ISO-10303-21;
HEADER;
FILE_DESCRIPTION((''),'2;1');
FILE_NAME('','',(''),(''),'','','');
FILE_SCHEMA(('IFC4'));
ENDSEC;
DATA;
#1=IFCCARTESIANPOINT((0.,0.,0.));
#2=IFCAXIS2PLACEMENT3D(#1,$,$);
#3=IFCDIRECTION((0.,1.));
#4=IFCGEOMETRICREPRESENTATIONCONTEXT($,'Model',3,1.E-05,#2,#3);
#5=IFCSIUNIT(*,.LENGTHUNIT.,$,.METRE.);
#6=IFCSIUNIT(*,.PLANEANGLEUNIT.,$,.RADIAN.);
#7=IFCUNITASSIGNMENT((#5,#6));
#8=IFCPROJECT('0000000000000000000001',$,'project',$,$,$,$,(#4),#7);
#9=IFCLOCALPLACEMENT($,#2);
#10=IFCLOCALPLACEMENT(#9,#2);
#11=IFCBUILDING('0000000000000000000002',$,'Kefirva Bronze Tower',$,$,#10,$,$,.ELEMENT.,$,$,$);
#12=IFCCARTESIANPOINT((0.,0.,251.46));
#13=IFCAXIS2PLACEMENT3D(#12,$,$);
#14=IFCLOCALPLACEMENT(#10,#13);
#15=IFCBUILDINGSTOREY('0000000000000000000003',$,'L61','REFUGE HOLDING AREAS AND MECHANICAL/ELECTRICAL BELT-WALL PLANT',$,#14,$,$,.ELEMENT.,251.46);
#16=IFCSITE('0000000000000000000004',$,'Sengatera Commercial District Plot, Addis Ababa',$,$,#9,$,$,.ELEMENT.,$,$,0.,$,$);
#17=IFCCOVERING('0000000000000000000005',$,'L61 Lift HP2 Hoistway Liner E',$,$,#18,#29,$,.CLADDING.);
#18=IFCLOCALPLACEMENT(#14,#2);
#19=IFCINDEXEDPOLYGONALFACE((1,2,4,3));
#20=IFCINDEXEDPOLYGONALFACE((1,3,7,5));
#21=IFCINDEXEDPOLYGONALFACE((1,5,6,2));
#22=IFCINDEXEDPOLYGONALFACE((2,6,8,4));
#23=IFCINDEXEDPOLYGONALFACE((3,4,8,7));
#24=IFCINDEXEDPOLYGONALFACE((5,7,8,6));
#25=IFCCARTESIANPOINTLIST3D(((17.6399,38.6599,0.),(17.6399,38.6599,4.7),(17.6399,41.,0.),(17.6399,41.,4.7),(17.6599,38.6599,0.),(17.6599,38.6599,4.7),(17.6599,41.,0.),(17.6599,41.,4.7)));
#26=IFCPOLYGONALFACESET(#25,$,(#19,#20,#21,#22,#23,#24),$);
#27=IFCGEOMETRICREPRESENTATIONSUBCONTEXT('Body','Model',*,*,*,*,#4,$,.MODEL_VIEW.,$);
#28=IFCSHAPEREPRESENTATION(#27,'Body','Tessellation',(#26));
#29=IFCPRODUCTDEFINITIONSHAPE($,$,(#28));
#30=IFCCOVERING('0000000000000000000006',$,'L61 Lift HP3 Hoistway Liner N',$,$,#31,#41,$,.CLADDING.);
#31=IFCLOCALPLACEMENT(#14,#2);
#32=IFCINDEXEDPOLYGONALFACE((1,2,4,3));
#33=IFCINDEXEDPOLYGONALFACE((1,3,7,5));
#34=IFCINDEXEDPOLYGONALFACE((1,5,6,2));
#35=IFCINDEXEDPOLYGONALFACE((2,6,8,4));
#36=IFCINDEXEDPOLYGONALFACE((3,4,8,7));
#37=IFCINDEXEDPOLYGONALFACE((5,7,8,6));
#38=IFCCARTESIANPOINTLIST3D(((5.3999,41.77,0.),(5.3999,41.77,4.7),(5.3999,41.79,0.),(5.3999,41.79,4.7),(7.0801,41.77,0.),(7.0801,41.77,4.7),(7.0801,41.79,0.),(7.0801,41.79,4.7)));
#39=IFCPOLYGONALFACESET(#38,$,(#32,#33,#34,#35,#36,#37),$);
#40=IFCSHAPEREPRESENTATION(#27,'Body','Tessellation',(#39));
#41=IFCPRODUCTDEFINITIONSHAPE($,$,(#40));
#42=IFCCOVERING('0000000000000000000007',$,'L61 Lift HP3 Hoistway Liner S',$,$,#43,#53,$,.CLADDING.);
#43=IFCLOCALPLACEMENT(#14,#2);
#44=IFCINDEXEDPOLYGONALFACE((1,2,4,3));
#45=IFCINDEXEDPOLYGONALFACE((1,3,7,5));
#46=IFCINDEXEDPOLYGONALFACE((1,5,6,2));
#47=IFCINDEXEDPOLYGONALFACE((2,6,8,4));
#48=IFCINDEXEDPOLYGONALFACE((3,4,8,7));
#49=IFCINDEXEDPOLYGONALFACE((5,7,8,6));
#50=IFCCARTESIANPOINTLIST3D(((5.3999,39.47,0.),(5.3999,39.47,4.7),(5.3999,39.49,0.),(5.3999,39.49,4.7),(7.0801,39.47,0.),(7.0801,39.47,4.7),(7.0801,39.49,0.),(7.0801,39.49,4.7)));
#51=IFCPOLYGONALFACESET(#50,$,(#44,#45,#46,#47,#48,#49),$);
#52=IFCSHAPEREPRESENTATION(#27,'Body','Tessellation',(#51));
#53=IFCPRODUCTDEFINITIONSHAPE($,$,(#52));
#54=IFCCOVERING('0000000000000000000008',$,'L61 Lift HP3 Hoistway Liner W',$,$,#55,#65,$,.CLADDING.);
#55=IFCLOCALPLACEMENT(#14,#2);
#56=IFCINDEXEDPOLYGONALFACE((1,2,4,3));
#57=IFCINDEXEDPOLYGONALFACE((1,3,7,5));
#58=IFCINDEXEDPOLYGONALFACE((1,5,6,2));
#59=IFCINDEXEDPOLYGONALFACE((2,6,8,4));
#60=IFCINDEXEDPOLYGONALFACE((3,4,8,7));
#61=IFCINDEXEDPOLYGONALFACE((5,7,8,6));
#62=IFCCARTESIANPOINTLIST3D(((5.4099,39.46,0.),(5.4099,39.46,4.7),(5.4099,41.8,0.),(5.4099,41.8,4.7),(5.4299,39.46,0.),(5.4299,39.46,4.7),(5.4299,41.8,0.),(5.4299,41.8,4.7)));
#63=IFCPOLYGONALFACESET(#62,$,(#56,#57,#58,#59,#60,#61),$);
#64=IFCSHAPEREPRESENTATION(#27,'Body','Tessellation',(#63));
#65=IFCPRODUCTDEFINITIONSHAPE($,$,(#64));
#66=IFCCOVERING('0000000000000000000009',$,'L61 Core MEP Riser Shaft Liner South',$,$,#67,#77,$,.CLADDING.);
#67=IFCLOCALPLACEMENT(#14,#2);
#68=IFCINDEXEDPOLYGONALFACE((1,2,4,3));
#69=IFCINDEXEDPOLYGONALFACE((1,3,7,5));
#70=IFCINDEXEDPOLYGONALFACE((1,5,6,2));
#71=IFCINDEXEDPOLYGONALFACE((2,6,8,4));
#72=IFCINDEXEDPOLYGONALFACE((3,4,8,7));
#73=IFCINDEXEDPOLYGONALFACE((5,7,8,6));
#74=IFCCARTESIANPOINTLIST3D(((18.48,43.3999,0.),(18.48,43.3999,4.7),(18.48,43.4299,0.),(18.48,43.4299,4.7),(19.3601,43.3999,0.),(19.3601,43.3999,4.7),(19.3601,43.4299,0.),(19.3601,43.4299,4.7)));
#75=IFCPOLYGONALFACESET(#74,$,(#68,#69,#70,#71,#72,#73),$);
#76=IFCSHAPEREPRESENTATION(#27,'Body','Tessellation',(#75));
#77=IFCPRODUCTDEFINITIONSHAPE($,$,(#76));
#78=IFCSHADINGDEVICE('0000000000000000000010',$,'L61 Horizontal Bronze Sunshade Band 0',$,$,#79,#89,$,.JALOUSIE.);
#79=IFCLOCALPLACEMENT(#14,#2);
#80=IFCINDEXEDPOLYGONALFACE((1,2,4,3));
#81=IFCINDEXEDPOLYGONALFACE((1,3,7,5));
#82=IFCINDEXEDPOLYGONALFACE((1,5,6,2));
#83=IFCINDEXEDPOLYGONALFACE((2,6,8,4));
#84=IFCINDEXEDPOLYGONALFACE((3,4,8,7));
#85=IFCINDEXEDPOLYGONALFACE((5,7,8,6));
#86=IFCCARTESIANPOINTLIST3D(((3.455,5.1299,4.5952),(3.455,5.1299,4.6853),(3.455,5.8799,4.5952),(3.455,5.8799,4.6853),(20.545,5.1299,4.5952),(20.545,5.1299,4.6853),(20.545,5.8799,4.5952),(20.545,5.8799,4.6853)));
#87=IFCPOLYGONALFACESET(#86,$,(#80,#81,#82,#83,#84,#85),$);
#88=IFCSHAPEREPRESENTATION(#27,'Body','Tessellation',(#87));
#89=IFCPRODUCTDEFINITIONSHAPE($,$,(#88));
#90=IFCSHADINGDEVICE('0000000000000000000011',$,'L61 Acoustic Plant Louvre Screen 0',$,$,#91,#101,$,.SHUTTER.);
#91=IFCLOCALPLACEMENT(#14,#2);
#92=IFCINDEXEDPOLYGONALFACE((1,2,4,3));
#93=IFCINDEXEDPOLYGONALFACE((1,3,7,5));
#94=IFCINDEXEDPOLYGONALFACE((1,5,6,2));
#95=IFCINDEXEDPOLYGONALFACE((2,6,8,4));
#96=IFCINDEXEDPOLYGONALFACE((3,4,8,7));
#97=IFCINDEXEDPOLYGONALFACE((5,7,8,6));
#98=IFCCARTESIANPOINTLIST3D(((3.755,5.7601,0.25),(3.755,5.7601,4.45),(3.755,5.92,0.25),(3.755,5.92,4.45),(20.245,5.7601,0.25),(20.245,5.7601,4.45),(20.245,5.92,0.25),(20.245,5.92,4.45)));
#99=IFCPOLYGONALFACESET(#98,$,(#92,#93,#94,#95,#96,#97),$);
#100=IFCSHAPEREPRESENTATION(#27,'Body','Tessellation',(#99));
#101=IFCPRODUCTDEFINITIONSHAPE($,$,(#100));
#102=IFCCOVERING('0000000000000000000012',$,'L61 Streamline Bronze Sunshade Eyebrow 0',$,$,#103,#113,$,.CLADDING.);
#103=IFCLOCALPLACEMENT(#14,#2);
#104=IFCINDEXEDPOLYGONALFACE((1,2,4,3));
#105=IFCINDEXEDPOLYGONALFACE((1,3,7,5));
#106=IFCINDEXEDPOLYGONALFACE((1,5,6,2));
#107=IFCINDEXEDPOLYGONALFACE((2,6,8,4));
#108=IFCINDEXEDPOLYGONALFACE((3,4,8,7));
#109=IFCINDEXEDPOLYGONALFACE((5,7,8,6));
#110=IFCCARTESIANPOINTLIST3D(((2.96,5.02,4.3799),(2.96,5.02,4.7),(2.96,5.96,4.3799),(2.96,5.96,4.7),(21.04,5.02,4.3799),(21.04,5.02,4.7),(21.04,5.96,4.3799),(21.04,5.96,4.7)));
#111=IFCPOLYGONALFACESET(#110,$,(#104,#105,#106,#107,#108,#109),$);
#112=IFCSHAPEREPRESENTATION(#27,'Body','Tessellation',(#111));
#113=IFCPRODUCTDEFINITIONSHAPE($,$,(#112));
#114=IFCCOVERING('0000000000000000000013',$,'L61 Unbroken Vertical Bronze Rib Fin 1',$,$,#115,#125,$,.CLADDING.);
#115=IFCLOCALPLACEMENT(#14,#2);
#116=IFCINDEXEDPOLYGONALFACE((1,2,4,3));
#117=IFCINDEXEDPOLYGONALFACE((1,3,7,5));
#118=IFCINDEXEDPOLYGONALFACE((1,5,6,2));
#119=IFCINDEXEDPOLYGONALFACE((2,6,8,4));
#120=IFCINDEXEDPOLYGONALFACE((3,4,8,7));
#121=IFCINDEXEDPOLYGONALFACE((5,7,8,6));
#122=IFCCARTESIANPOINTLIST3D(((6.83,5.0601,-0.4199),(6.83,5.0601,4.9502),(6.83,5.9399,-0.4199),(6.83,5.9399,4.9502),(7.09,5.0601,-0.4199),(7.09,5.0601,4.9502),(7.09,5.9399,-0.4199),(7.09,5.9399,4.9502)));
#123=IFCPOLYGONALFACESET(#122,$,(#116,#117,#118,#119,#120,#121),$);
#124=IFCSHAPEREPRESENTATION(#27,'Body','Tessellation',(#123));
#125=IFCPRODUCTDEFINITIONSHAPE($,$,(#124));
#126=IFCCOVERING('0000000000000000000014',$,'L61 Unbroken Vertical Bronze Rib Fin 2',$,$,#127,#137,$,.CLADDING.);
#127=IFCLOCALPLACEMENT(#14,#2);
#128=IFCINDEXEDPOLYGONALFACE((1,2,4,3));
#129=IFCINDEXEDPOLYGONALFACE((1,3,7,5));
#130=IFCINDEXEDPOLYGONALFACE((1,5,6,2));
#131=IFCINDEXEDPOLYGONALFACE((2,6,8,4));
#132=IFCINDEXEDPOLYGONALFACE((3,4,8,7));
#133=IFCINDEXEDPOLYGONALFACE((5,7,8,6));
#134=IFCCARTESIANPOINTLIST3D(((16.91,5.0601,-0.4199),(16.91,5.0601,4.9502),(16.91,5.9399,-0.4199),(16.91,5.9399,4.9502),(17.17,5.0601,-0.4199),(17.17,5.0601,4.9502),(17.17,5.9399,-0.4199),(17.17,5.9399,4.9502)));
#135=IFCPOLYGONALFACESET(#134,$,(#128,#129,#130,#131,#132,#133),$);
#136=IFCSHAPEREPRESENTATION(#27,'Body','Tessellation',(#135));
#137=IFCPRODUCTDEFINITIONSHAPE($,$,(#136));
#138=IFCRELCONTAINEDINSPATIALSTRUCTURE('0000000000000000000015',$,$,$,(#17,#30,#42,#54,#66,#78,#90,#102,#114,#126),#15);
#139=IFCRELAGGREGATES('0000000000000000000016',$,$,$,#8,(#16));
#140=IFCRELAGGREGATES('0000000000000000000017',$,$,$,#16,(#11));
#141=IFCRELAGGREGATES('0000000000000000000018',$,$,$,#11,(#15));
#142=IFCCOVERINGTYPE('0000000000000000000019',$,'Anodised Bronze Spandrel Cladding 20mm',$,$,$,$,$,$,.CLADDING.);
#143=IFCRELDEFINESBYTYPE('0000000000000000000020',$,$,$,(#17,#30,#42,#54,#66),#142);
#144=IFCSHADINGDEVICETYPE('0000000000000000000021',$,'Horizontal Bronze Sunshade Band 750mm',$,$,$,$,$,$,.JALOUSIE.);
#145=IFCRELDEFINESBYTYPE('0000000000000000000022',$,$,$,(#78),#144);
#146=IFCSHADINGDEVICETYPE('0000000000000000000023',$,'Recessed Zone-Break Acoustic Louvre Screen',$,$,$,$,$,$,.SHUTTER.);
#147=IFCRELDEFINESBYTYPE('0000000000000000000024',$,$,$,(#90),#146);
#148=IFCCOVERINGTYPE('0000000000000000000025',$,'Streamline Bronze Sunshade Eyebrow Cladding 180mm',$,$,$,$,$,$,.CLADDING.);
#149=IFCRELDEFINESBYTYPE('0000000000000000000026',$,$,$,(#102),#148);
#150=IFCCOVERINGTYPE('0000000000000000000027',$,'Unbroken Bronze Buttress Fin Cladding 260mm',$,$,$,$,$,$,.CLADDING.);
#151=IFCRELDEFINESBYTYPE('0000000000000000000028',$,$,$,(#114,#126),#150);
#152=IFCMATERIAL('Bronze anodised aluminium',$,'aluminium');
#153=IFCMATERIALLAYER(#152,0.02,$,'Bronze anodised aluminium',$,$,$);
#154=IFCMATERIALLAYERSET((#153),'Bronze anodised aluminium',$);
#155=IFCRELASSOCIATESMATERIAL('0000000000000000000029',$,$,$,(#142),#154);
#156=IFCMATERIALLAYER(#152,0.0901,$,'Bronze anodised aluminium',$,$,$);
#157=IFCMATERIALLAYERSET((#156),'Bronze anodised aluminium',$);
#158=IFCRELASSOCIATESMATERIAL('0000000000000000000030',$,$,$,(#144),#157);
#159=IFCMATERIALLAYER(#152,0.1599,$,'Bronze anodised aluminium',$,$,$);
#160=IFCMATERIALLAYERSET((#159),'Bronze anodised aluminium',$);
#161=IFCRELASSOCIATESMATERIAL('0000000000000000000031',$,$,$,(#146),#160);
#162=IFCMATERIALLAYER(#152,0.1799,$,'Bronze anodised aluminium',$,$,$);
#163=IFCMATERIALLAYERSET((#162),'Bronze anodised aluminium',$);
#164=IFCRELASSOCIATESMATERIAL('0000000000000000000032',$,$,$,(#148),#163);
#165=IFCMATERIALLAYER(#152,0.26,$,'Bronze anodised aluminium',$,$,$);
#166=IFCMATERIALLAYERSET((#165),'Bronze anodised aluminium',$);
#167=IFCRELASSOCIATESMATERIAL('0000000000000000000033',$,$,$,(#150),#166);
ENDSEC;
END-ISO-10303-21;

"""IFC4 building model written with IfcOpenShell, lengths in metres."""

from ifc_helpers import new_model, si_unit, direction, frame, origin, origin_2d, place, context, subcontext, project, spatial, polyline, rectangle, outline, extrude, material, layer, layer_set, type_object, element, save


model = new_model("IFC4")

# Units and contexts
model_context = context("Model", 3, precision=1e-05, world=origin(), true_north=direction((0.0, 1.0)))
body_context = subcontext(model_context, "Body", "Model", "MODEL_VIEW")
ifc_project = project(units=[si_unit("LENGTHUNIT", "METRE"), si_unit("PLANEANGLEUNIT", "RADIAN")], contexts=[model_context])

# Site, building, storey
site_placement = place(None, origin())
site = spatial("IfcSite", under=ifc_project, at=site_placement, Name="Sengatera Commercial District Plot, Addis Ababa", CompositionType="ELEMENT", RefElevation=0.0)
building_placement = place(site_placement, origin())
building = spatial("IfcBuilding", under=site, at=building_placement, Name="Kefirva Bronze Tower", CompositionType="ELEMENT")
storey_placement = place(building_placement, frame((0.0, 0.0, 251.46)))
storey = spatial("IfcBuildingStorey", under=building, at=storey_placement, Name="L61", Description="REFUGE HOLDING AREAS AND MECHANICAL/ELECTRICAL BELT-WALL PLANT", CompositionType="ELEMENT", Elevation=251.46)

# Shared definitions
ifc_material = material(Name="Bronze anodised aluminium", Category="aluminium")

# Coverings
ifc_layer_1 = layer(ifc_material, 0.02, Name="Bronze anodised aluminium")
ifc_layer_set_1 = layer_set([ifc_layer_1], Name="Bronze anodised aluminium")
covering_type_1 = type_object("IfcCoveringType", Name="Anodised Bronze Spandrel Cladding 20mm", PredefinedType="CLADDING", material=ifc_layer_set_1)
covering_1_placement = place(storey_placement, origin())
element("IfcCovering", 1, at=covering_1_placement, inside=storey, type_object=covering_type_1, Name="L61 Lift HP2 Hoistway Liner E", PredefinedType="CLADDING", context=body_context, shape_type="SweptSolid", body=[
    extrude(outline(polyline([(17.6399, 38.6599), (17.6599, 38.6599), (17.6599, 41.0), (17.6399, 41.0), (17.6399, 38.6599)])), origin(), (0.0, 0.0, 1.0), 4.7),
])
covering_2_placement = place(storey_placement, origin())
element("IfcCovering", 2, at=covering_2_placement, inside=storey, type_object=covering_type_1, Name="L61 Lift HP3 Hoistway Liner N", PredefinedType="CLADDING", context=body_context, shape_type="SweptSolid", body=[
    extrude(outline(polyline([(5.3999, 41.77), (7.0801, 41.77), (7.0801, 41.79), (5.3999, 41.79), (5.3999, 41.77)])), origin(), (0.0, 0.0, 1.0), 4.7),
])
covering_3_placement = place(storey_placement, origin())
element("IfcCovering", 3, at=covering_3_placement, inside=storey, type_object=covering_type_1, Name="L61 Lift HP3 Hoistway Liner S", PredefinedType="CLADDING", context=body_context, shape_type="SweptSolid", body=[
    extrude(outline(polyline([(5.3999, 39.47), (7.0801, 39.47), (7.0801, 39.49), (5.3999, 39.49), (5.3999, 39.47)])), origin(), (0.0, 0.0, 1.0), 4.7),
])
covering_4_placement = place(storey_placement, origin())
element("IfcCovering", 4, at=covering_4_placement, inside=storey, type_object=covering_type_1, Name="L61 Lift HP3 Hoistway Liner W", PredefinedType="CLADDING", context=body_context, shape_type="SweptSolid", body=[
    extrude(outline(polyline([(5.4099, 39.46), (5.4299, 39.46), (5.4299, 41.8), (5.4099, 41.8), (5.4099, 39.46)])), origin(), (0.0, 0.0, 1.0), 4.7),
])
covering_5_placement = place(storey_placement, origin())
element("IfcCovering", 5, at=covering_5_placement, inside=storey, type_object=covering_type_1, Name="L61 Core MEP Riser Shaft Liner South", PredefinedType="CLADDING", context=body_context, shape_type="SweptSolid", body=[
    extrude(outline(polyline([(18.48, 43.3999), (19.3601, 43.3999), (19.3601, 43.4299), (18.48, 43.4299), (18.48, 43.3999)])), origin(), (0.0, 0.0, 1.0), 4.7),
])

# Shading devices
ifc_layer_2 = layer(ifc_material, 0.0901, Name="Bronze anodised aluminium")
ifc_layer_set_2 = layer_set([ifc_layer_2], Name="Bronze anodised aluminium")
shading_device_type_1 = type_object("IfcShadingDeviceType", Name="Horizontal Bronze Sunshade Band 750mm", PredefinedType="JALOUSIE", material=ifc_layer_set_2)
shading_device_1_placement = place(storey_placement, frame((12.0, 5.5049, 4.5952), z_axis=(0.0, 0.0, 1.0), x_axis=(1.0, 0.0, 0.0)))
element("IfcShadingDevice", 6, at=shading_device_1_placement, inside=storey, type_object=shading_device_type_1, Name="L61 Horizontal Bronze Sunshade Band 0", PredefinedType="JALOUSIE", context=body_context, shape_type="SweptSolid", body=[
    extrude(rectangle(XDim=17.0901, YDim=0.75, at=origin_2d()), origin(), (0.0, 0.0, 1.0), 0.0901),
])
ifc_layer_3 = layer(ifc_material, 0.1599, Name="Bronze anodised aluminium")
ifc_layer_set_3 = layer_set([ifc_layer_3], Name="Bronze anodised aluminium")
shading_device_type_2 = type_object("IfcShadingDeviceType", Name="Recessed Zone-Break Acoustic Louvre Screen", PredefinedType="SHUTTER", material=ifc_layer_set_3)
shading_device_2_placement = place(storey_placement, frame((12.0, 5.8401, 0.25), z_axis=(0.0, 0.0, 1.0), x_axis=(1.0, 0.0, 0.0)))
element("IfcShadingDevice", 7, at=shading_device_2_placement, inside=storey, type_object=shading_device_type_2, Name="L61 Acoustic Plant Louvre Screen 0", PredefinedType="SHUTTER", context=body_context, shape_type="SweptSolid", body=[
    extrude(rectangle(XDim=16.49, YDim=0.1599, at=origin_2d()), origin(), (0.0, 0.0, 1.0), 4.2),
])

# Coverings
ifc_layer_4 = layer(ifc_material, 0.1799, Name="Bronze anodised aluminium")
ifc_layer_set_4 = layer_set([ifc_layer_4], Name="Bronze anodised aluminium")
covering_type_2 = type_object("IfcCoveringType", Name="Streamline Bronze Sunshade Eyebrow Cladding 180mm", PredefinedType="CLADDING", material=ifc_layer_set_4)
covering_6_placement = place(storey_placement, frame((12.0, 5.49, 4.3799), z_axis=(0.0, 0.0, 1.0), x_axis=(1.0, 0.0, 0.0)))
element("IfcCovering", 8, at=covering_6_placement, inside=storey, type_object=covering_type_2, Name="L61 Streamline Bronze Sunshade Eyebrow 0", PredefinedType="CLADDING", context=body_context, shape_type="SweptSolid", body=[
    extrude(rectangle(XDim=18.0801, YDim=0.9399, at=origin_2d()), origin(), (0.0, 0.0, 1.0), 0.3201),
])
ifc_layer_5 = layer(ifc_material, 0.26, Name="Bronze anodised aluminium")
ifc_layer_set_5 = layer_set([ifc_layer_5], Name="Bronze anodised aluminium")
covering_type_3 = type_object("IfcCoveringType", Name="Unbroken Bronze Buttress Fin Cladding 260mm", PredefinedType="CLADDING", material=ifc_layer_set_5)
for number, where, z_axis, x_axis, name in (
    (9, (6.96, 5.5, -0.4199), (0.0, 0.0, 1.0), (1.0, 0.0, 0.0), "L61 Unbroken Vertical Bronze Rib Fin 1"),
    (10, (17.04, 5.5, -0.4199), (0.0, 0.0, 1.0), (1.0, 0.0, 0.0), "L61 Unbroken Vertical Bronze Rib Fin 2"),
):
    element("IfcCovering", number, at=place(storey_placement, frame(where, z_axis=z_axis, x_axis=x_axis)), inside=storey, type_object=covering_type_3, Name=name, PredefinedType="CLADDING", context=body_context, shape_type="SweptSolid", body=[
        extrude(rectangle(XDim=0.26, YDim=0.8799, at=origin_2d()), origin(), (0.0, 0.0, 1.0), 5.3701),
    ])

save(model, "model.ifc")
